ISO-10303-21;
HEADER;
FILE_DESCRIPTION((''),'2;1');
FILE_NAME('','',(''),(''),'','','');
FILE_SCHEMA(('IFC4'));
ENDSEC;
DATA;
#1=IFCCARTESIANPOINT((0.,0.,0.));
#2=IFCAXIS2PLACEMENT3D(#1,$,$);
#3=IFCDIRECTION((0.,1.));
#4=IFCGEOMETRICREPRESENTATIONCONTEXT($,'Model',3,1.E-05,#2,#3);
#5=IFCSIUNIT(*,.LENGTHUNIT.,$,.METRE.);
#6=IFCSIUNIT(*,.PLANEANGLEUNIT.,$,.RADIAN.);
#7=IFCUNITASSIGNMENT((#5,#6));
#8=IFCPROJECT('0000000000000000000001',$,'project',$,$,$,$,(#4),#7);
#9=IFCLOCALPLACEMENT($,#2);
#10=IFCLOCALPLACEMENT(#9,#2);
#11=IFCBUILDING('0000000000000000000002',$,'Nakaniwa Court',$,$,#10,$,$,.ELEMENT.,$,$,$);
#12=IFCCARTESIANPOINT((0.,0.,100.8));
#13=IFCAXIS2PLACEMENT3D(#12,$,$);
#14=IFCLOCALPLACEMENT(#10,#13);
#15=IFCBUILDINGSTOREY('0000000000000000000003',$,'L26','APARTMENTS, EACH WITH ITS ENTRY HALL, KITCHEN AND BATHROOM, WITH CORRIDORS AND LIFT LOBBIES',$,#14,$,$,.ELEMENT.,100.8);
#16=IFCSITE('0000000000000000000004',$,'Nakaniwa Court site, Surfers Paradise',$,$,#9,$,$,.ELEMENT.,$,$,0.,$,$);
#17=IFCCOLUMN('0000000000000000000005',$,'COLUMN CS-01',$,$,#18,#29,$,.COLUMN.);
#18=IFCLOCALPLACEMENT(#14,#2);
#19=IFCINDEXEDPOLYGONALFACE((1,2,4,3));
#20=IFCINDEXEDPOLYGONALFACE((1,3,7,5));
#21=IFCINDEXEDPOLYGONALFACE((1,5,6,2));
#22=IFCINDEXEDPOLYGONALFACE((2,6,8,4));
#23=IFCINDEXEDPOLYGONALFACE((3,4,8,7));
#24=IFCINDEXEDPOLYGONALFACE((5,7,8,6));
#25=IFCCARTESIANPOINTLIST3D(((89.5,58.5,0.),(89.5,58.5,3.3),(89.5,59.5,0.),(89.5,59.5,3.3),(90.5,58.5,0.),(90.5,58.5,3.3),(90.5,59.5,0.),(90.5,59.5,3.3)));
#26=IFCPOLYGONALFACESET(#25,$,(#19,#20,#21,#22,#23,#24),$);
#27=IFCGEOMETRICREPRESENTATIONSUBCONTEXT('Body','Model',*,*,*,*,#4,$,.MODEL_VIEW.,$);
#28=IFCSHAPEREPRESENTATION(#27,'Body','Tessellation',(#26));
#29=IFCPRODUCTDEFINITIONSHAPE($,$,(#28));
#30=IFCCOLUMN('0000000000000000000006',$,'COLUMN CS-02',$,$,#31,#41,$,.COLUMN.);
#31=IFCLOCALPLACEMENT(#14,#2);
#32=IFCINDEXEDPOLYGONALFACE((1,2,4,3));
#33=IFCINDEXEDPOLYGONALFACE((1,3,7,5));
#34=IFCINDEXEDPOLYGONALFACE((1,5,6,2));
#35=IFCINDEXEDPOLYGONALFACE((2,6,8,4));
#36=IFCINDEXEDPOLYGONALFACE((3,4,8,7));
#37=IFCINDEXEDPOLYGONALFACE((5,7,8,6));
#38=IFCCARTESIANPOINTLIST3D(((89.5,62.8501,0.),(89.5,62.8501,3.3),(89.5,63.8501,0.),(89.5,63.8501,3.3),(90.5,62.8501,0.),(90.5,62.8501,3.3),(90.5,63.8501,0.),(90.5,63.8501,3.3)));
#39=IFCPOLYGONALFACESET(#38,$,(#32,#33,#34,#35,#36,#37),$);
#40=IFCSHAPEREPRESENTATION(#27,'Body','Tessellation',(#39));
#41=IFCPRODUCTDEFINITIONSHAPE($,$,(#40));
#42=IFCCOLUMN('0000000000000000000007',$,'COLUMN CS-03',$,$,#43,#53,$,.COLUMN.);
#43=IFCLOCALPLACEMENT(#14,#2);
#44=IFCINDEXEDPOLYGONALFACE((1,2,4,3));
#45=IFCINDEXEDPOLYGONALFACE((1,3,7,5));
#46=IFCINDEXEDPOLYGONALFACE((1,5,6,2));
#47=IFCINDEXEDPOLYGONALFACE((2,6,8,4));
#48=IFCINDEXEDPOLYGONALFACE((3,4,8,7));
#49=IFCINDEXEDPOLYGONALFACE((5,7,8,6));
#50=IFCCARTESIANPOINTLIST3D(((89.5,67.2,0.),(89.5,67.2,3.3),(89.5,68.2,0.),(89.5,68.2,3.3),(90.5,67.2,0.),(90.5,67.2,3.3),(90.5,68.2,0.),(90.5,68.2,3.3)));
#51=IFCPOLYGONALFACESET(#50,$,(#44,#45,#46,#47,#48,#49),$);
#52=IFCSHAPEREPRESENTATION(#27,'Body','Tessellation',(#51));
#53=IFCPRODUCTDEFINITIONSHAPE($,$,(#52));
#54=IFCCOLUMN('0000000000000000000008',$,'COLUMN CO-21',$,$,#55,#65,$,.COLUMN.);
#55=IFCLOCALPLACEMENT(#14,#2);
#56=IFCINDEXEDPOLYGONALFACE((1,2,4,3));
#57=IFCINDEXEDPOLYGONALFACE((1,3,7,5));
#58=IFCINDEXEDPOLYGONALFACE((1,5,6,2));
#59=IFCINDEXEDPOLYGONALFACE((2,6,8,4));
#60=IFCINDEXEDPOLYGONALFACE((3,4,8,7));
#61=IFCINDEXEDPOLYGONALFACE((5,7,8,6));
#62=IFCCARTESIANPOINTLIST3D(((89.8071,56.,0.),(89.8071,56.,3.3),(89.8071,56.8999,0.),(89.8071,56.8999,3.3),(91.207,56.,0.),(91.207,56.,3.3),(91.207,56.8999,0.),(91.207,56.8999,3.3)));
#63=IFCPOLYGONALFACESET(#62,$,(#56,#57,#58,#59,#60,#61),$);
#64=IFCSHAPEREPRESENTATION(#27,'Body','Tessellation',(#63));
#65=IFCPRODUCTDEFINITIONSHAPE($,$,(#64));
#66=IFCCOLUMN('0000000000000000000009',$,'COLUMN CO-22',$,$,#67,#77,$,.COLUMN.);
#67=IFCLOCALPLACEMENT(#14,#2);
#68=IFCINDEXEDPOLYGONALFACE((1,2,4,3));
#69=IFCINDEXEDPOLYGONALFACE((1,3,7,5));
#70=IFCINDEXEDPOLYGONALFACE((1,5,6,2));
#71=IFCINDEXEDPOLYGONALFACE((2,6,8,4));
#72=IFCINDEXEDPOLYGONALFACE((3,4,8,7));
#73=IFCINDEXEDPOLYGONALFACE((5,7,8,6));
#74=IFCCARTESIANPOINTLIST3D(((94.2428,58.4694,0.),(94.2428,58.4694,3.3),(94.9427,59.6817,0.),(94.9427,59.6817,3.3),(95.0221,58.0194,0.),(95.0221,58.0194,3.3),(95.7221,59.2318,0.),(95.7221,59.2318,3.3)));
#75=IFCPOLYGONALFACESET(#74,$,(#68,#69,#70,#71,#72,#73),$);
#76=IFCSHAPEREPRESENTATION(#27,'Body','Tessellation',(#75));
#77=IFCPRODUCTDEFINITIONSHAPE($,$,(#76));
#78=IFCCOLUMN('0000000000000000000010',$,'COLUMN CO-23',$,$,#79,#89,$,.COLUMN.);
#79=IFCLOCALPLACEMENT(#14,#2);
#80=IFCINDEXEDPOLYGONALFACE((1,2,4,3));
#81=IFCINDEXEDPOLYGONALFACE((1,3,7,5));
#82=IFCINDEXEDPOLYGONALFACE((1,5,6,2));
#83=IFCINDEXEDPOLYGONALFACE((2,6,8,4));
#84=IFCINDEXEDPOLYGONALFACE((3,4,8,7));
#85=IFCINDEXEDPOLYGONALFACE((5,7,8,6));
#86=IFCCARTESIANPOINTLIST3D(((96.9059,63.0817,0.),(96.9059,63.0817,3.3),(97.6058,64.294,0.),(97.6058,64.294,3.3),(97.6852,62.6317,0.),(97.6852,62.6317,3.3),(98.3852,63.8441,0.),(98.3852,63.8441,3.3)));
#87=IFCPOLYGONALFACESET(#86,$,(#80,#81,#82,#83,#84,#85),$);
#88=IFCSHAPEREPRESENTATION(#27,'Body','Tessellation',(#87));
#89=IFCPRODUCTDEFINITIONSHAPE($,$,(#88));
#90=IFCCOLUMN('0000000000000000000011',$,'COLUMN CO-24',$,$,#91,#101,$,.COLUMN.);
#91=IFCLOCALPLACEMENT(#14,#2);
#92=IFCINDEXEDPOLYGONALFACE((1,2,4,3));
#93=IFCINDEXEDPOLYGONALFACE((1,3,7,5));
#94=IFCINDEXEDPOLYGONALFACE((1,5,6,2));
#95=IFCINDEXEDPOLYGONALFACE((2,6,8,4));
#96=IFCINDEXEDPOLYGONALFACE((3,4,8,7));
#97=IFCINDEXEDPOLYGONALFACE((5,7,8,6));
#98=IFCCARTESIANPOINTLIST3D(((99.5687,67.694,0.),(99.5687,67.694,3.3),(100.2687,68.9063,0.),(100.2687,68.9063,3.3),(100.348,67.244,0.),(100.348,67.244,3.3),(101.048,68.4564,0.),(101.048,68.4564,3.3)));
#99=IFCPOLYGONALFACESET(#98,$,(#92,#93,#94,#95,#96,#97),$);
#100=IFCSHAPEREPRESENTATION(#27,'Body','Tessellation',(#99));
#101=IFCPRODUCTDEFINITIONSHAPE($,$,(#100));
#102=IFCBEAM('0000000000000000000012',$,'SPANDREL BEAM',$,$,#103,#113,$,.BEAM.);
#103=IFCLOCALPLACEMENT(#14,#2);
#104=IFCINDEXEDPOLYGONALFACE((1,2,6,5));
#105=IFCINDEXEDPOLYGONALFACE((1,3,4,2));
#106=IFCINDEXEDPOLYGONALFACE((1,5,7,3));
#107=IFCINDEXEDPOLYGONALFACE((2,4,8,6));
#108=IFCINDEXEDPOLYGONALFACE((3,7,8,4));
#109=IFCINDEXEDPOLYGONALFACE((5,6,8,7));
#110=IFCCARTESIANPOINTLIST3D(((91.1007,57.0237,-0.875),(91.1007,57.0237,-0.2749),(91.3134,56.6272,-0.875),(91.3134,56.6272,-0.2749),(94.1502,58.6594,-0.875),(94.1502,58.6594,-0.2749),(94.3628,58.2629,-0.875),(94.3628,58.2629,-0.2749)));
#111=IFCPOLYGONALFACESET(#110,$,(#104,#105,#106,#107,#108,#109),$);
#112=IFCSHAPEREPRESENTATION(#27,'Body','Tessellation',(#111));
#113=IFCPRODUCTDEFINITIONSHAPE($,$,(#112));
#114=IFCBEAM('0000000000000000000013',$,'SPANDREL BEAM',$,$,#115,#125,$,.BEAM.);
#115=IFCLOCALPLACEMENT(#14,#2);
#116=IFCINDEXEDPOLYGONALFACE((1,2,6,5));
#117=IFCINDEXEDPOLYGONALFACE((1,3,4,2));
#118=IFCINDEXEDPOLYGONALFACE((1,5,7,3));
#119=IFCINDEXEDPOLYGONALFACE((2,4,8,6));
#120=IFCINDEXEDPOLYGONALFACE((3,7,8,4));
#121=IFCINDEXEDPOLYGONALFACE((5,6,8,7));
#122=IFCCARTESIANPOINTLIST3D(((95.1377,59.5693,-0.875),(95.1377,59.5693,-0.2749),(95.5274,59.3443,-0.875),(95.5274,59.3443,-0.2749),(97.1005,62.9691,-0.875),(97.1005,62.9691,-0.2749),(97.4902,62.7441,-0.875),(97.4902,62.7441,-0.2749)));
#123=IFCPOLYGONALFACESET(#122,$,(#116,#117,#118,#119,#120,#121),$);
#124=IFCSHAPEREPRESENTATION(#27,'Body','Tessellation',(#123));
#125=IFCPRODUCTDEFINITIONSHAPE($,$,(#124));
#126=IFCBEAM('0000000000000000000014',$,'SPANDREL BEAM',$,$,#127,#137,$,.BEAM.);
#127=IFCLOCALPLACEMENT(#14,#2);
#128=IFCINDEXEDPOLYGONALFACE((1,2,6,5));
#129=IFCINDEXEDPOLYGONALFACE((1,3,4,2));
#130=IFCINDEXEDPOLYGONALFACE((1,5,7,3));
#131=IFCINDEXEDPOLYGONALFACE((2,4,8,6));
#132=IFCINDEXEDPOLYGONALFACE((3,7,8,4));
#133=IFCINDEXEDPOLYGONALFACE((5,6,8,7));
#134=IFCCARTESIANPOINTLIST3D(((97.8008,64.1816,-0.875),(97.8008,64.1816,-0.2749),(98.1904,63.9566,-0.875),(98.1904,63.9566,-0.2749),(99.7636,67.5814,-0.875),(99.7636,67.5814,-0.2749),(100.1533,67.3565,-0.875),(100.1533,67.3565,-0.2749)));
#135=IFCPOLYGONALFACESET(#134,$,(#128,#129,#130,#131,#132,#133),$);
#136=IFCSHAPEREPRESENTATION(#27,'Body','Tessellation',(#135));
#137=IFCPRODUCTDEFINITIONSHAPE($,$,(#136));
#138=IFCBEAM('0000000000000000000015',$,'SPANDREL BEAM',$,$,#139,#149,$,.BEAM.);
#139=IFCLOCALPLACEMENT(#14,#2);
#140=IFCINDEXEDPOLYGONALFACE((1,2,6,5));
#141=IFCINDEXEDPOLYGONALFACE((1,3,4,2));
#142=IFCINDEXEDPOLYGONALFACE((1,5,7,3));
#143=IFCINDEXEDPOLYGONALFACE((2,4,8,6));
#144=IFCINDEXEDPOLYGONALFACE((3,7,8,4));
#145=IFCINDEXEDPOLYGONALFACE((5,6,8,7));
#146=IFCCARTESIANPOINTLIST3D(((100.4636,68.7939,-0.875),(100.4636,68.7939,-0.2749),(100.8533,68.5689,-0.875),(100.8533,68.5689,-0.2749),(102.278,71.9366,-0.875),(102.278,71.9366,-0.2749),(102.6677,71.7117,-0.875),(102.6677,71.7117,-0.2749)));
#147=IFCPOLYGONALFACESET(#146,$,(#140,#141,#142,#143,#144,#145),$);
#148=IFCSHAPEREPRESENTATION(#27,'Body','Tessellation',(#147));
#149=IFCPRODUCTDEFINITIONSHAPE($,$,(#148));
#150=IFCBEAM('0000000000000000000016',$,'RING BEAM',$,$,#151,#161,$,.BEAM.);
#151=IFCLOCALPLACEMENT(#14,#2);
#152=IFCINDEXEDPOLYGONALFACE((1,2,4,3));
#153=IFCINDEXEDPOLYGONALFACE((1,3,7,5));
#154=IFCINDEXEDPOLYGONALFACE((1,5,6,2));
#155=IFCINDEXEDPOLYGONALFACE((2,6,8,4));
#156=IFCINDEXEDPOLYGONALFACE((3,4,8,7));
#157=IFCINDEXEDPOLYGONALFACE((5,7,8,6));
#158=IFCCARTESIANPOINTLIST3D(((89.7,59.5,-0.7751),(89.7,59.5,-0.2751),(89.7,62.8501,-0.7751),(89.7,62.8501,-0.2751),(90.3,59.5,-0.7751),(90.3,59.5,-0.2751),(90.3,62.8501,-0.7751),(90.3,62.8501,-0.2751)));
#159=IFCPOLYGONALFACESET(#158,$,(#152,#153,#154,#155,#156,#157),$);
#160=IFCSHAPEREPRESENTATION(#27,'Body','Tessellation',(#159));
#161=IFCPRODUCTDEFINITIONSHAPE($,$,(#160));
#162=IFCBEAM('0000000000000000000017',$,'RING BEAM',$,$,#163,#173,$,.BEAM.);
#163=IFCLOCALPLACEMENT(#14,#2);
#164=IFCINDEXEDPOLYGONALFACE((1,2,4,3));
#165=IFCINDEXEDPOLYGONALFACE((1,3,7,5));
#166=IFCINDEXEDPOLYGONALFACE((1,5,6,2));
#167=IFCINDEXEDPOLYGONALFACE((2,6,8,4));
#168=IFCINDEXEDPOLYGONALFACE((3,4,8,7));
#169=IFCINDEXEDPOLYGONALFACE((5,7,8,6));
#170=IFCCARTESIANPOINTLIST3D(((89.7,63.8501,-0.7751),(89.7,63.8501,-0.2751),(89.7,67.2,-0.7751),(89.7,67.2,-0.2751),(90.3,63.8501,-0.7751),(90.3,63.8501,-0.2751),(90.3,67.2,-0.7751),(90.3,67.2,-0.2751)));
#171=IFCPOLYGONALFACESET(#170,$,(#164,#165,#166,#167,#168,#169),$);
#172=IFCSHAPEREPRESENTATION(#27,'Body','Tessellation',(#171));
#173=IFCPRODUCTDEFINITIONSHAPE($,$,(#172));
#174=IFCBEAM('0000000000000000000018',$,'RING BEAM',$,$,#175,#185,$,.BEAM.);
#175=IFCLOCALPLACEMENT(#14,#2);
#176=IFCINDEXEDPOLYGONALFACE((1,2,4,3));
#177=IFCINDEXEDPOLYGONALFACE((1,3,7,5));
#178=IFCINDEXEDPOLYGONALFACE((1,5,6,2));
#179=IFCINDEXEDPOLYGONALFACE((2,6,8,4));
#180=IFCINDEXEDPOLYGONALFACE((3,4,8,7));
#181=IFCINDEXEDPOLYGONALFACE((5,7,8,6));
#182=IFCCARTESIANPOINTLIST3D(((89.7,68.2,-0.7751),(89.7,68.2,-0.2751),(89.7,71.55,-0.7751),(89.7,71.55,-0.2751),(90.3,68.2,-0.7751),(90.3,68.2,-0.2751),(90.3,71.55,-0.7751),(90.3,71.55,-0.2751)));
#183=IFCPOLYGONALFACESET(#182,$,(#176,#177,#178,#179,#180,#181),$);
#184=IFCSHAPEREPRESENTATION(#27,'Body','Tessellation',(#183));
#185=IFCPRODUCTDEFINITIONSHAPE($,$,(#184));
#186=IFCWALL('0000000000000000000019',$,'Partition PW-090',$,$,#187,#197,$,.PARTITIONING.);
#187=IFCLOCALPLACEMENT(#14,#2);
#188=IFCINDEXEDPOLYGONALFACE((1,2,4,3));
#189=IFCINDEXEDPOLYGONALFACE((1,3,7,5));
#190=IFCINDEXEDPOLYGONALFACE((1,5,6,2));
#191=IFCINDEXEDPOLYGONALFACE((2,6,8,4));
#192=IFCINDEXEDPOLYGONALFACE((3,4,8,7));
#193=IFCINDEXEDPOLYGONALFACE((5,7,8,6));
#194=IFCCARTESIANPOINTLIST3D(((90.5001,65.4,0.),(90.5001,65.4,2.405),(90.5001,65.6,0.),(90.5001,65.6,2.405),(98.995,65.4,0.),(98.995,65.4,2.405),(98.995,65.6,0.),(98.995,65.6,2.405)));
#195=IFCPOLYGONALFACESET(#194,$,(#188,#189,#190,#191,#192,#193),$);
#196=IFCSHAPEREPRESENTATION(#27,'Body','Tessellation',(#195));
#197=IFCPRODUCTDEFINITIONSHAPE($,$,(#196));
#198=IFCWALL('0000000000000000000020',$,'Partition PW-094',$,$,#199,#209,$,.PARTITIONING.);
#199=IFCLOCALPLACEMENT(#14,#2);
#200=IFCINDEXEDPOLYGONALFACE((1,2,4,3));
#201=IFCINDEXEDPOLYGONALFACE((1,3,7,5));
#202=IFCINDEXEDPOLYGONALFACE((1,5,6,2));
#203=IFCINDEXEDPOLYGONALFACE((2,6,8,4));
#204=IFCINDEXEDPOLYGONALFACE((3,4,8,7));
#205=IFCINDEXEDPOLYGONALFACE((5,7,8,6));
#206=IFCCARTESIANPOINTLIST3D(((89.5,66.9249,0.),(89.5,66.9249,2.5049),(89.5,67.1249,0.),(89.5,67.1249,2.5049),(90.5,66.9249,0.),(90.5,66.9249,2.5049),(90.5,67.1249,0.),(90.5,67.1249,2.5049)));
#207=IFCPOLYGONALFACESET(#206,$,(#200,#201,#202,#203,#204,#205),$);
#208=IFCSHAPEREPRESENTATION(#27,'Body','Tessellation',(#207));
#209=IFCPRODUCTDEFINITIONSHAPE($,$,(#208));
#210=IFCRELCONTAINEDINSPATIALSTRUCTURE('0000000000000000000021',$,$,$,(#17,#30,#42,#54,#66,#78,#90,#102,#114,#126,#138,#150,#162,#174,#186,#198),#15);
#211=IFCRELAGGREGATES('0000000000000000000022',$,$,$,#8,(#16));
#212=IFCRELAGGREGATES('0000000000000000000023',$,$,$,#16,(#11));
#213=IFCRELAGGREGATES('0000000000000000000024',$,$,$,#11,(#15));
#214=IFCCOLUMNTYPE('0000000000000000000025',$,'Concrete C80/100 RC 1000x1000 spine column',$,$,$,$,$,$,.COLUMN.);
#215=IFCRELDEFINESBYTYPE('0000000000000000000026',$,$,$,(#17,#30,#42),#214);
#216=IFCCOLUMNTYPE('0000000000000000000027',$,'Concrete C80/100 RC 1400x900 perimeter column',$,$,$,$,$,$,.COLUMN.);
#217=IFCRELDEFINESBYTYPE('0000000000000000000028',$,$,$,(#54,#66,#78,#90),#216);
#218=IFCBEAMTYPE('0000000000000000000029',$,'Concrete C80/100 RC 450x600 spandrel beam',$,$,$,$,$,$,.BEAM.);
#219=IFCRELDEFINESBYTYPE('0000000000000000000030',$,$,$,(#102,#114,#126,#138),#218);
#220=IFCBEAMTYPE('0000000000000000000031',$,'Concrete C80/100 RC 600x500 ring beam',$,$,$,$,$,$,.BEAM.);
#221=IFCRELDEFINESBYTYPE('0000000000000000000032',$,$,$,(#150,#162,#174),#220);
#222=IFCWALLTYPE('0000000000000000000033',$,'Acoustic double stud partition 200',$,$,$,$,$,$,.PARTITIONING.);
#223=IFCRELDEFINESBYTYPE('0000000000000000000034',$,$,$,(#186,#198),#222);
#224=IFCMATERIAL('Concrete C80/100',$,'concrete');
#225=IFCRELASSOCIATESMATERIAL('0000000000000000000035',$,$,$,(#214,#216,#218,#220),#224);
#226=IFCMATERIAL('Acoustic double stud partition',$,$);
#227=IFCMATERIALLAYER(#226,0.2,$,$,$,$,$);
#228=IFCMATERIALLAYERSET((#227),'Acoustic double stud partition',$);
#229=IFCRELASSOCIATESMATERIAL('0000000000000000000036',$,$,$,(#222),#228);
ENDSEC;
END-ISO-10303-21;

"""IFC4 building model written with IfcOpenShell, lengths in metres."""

from ifc_helpers import new_model, si_unit, direction, frame, frame_2d, origin, origin_2d, place, context, subcontext, project, spatial, rectangle, extrude, material, layer, layer_set, material_profile, profile_set, type_object, element, save


model = new_model("IFC4")

# Units and contexts
model_context = context("Model", 3, precision=1e-05, world=origin(), true_north=direction((0.0, 1.0)))
body_context = subcontext(model_context, "Body", "Model", "MODEL_VIEW")
ifc_project = project(units=[si_unit("LENGTHUNIT", "METRE"), si_unit("PLANEANGLEUNIT", "RADIAN")], contexts=[model_context])

# Site, building, storey
site_placement = place(None, origin())
site = spatial("IfcSite", under=ifc_project, at=site_placement, Name="Nakaniwa Court site, Surfers Paradise", CompositionType="ELEMENT", RefElevation=0.0)
building_placement = place(site_placement, origin())
building = spatial("IfcBuilding", under=site, at=building_placement, Name="Nakaniwa Court", CompositionType="ELEMENT")
storey_placement = place(building_placement, frame((0.0, 0.0, 100.8)))
storey = spatial("IfcBuildingStorey", under=building, at=storey_placement, Name="L26", Description="APARTMENTS, EACH WITH ITS ENTRY HALL, KITCHEN AND BATHROOM, WITH CORRIDORS AND LIFT LOBBIES", CompositionType="ELEMENT", Elevation=100.8)

# Columns
ifc_material_1 = material(Name="Concrete C80/100", Category="concrete")
ifc_material_profile_1 = material_profile(ifc_material_1, rectangle(XDim=1.0, YDim=1.0, at=origin_2d()), Name="Concrete C80/100 RC 1000x1000 spine column")
ifc_profile_set_1 = profile_set([ifc_material_profile_1], Name="Concrete C80/100")
column_type_1 = type_object("IfcColumnType", Name="Concrete C80/100 RC 1000x1000 spine column", PredefinedType="COLUMN", material=ifc_profile_set_1)
for number, where, z_axis, x_axis, name in (
    (1, (90.0, 59.0, 0.0), (0.0, 0.0, 1.0), (0.0, 1.0, 0.0), "COLUMN CS-01"),
    (2, (90.0, 63.3501, 0.0), (0.0, 0.0, 1.0), (0.0, 1.0, 0.0), "COLUMN CS-02"),
    (3, (90.0, 67.7, 0.0), (0.0, 0.0, 1.0), (0.0, 1.0, 0.0), "COLUMN CS-03"),
):
    element("IfcColumn", number, at=place(storey_placement, frame(where, z_axis=z_axis, x_axis=x_axis)), inside=storey, type_object=column_type_1, Name=name, PredefinedType="COLUMN", context=body_context, shape_type="SweptSolid", body=[
        extrude(rectangle(XDim=1.0, YDim=1.0, at=origin_2d()), origin(), (0.0, 0.0, 1.0), 3.3),
    ])
ifc_material_profile_2 = material_profile(ifc_material_1, rectangle(XDim=1.3999, YDim=0.8999, at=origin_2d()), Name="Concrete C80/100 RC 1400x900 perimeter column")
ifc_profile_set_2 = profile_set([ifc_material_profile_2], Name="Concrete C80/100")
column_type_2 = type_object("IfcColumnType", Name="Concrete C80/100 RC 1400x900 perimeter column", PredefinedType="COLUMN", material=ifc_profile_set_2)
for number, where, z_axis, x_axis, name in (
    (4, (90.5071, 56.45, 0.0), (0.0, 0.0, 1.0), (1.0, 0.0, 0.0), "COLUMN CO-21"),
    (5, (94.9824, 58.8506, 0.0), (0.0, 0.0, 1.0), (0.5, 0.866025, 0.0), "COLUMN CO-22"),
    (6, (97.6455, 63.4629, 0.0), (0.0, 0.0, 1.0), (0.5, 0.866025, 0.0), "COLUMN CO-23"),
    (7, (100.3083, 68.0752, 0.0), (0.0, 0.0, 1.0), (0.5, 0.866025, 0.0), "COLUMN CO-24"),
):
    element("IfcColumn", number, at=place(storey_placement, frame(where, z_axis=z_axis, x_axis=x_axis)), inside=storey, type_object=column_type_2, Name=name, PredefinedType="COLUMN", context=body_context, shape_type="SweptSolid", body=[
        extrude(rectangle(XDim=1.3999, YDim=0.8999, at=origin_2d()), origin(), (0.0, 0.0, 1.0), 3.3),
    ])

# Beams
ifc_material_profile_3 = material_profile(ifc_material_1, rectangle(XDim=0.45, YDim=0.6001, at=origin_2d()), Name="Concrete C80/100 RC 450x600 spandrel beam")
ifc_profile_set_3 = profile_set([ifc_material_profile_3], Name="Concrete C80/100")
beam_type_1 = type_object("IfcBeamType", Name="Concrete C80/100 RC 450x600 spandrel beam", PredefinedType="BEAM", material=ifc_profile_set_3)
beam_1_placement = place(storey_placement, frame((91.207, 56.8254, -0.575), z_axis=(0.881233, 0.472681, 0.0), x_axis=(-0.472681, 0.881233, 0.0)))
element("IfcBeam", 8, at=beam_1_placement, inside=storey, type_object=beam_type_1, Name="SPANDREL BEAM", PredefinedType="BEAM", context=body_context, shape_type="SweptSolid", body=[
    extrude(rectangle(XDim=0.45, YDim=0.6001, at=origin_2d()), origin(), (0.0, 0.0, 1.0), 3.4604),
])
for number, where, z_axis, x_axis, name in (
    (9, (95.3325, 59.4568, -0.575), (0.499992, 0.86603, 0.0), (-0.86603, 0.499992, 0.0), "SPANDREL BEAM"),
    (10, (97.9956, 64.0691, -0.575), (0.499992, 0.86603, 0.0), (-0.86603, 0.499992, 0.0), "SPANDREL BEAM"),
):
    element("IfcBeam", number, at=place(storey_placement, frame(where, z_axis=z_axis, x_axis=x_axis)), inside=storey, type_object=beam_type_1, Name=name, PredefinedType="BEAM", context=body_context, shape_type="SweptSolid", body=[
        extrude(rectangle(XDim=0.45, YDim=0.6001, at=origin_2d()), origin(), (0.0, 0.0, 1.0), 3.9258),
    ])
beam_2_placement = place(storey_placement, frame((100.6584, 68.6814, -0.575), z_axis=(0.499988, 0.866032, 0.0), x_axis=(-0.866032, 0.499988, 0.0)))
element("IfcBeam", 11, at=beam_2_placement, inside=storey, type_object=beam_type_1, Name="SPANDREL BEAM", PredefinedType="BEAM", context=body_context, shape_type="SweptSolid", body=[
    extrude(rectangle(XDim=0.45, YDim=0.6001, at=origin_2d()), origin(), (0.0, 0.0, 1.0), 3.6289),
])
ifc_material_profile_4 = material_profile(ifc_material_1, rectangle(XDim=0.6001, YDim=0.5, at=origin_2d()), Name="Concrete C80/100 RC 600x500 ring beam")
ifc_profile_set_4 = profile_set([ifc_material_profile_4], Name="Concrete C80/100")
beam_type_2 = type_object("IfcBeamType", Name="Concrete C80/100 RC 600x500 ring beam", PredefinedType="BEAM", material=ifc_profile_set_4)
beam_3_placement = place(storey_placement, frame((90.0, 59.5, -0.5251), z_axis=(0.0, 1.0, 0.0), x_axis=(-1.0, 0.0, 0.0)))
element("IfcBeam", 12, at=beam_3_placement, inside=storey, type_object=beam_type_2, Name="RING BEAM", PredefinedType="BEAM", context=body_context, shape_type="SweptSolid", body=[
    extrude(rectangle(XDim=0.6001, YDim=0.5, at=origin_2d()), origin(), (0.0, 0.0, 1.0), 3.3501),
])
beam_4_placement = place(storey_placement, frame((90.0, 63.8501, -0.5251), z_axis=(0.0, 1.0, 0.0), x_axis=(-1.0, 0.0, 0.0)))
element("IfcBeam", 13, at=beam_4_placement, inside=storey, type_object=beam_type_2, Name="RING BEAM", PredefinedType="BEAM", context=body_context, shape_type="SweptSolid", body=[
    extrude(rectangle(XDim=0.6001, YDim=0.5, at=origin_2d()), origin(), (0.0, 0.0, 1.0), 3.3499),
])
beam_5_placement = place(storey_placement, frame((90.0, 68.2, -0.5251), z_axis=(0.0, 1.0, 0.0), x_axis=(-1.0, 0.0, 0.0)))
element("IfcBeam", 14, at=beam_5_placement, inside=storey, type_object=beam_type_2, Name="RING BEAM", PredefinedType="BEAM", context=body_context, shape_type="SweptSolid", body=[
    extrude(rectangle(XDim=0.6001, YDim=0.5, at=origin_2d()), origin(), (0.0, 0.0, 1.0), 3.3501),
])

# Walls
ifc_material_2 = material(Name="Acoustic double stud partition")
ifc_layer_1 = layer(ifc_material_2, 0.2)
ifc_layer_set_1 = layer_set([ifc_layer_1], Name="Acoustic double stud partition")
wall_type_1 = type_object("IfcWallType", Name="Acoustic double stud partition 200", PredefinedType="PARTITIONING", material=ifc_layer_set_1)
wall_1_placement = place(storey_placement, frame((90.5, 65.5, 0.0), z_axis=(0.0, 0.0, 1.0), x_axis=(1.0, 0.0, 0.0)))
element("IfcWall", 15, at=wall_1_placement, inside=storey, type_object=wall_type_1, Name="Partition PW-090", PredefinedType="PARTITIONING", context=body_context, shape_type="SweptSolid", body=[
    extrude(rectangle(XDim=8.4949, YDim=0.2, at=frame_2d((4.2476, 0.0))), origin(), (0.0, 0.0, 1.0), 2.405),
])
wall_2_placement = place(storey_placement, frame((89.5, 67.0249, 0.0), z_axis=(0.0, 0.0, 1.0), x_axis=(1.0, 0.0, 0.0)))
element("IfcWall", 16, at=wall_2_placement, inside=storey, type_object=wall_type_1, Name="Partition PW-094", PredefinedType="PARTITIONING", context=body_context, shape_type="SweptSolid", body=[
    extrude(rectangle(XDim=1.0, YDim=0.2, at=frame_2d((0.5, 0.0))), origin(), (0.0, 0.0, 1.0), 2.5049),
])

save(model, "model.ifc")
